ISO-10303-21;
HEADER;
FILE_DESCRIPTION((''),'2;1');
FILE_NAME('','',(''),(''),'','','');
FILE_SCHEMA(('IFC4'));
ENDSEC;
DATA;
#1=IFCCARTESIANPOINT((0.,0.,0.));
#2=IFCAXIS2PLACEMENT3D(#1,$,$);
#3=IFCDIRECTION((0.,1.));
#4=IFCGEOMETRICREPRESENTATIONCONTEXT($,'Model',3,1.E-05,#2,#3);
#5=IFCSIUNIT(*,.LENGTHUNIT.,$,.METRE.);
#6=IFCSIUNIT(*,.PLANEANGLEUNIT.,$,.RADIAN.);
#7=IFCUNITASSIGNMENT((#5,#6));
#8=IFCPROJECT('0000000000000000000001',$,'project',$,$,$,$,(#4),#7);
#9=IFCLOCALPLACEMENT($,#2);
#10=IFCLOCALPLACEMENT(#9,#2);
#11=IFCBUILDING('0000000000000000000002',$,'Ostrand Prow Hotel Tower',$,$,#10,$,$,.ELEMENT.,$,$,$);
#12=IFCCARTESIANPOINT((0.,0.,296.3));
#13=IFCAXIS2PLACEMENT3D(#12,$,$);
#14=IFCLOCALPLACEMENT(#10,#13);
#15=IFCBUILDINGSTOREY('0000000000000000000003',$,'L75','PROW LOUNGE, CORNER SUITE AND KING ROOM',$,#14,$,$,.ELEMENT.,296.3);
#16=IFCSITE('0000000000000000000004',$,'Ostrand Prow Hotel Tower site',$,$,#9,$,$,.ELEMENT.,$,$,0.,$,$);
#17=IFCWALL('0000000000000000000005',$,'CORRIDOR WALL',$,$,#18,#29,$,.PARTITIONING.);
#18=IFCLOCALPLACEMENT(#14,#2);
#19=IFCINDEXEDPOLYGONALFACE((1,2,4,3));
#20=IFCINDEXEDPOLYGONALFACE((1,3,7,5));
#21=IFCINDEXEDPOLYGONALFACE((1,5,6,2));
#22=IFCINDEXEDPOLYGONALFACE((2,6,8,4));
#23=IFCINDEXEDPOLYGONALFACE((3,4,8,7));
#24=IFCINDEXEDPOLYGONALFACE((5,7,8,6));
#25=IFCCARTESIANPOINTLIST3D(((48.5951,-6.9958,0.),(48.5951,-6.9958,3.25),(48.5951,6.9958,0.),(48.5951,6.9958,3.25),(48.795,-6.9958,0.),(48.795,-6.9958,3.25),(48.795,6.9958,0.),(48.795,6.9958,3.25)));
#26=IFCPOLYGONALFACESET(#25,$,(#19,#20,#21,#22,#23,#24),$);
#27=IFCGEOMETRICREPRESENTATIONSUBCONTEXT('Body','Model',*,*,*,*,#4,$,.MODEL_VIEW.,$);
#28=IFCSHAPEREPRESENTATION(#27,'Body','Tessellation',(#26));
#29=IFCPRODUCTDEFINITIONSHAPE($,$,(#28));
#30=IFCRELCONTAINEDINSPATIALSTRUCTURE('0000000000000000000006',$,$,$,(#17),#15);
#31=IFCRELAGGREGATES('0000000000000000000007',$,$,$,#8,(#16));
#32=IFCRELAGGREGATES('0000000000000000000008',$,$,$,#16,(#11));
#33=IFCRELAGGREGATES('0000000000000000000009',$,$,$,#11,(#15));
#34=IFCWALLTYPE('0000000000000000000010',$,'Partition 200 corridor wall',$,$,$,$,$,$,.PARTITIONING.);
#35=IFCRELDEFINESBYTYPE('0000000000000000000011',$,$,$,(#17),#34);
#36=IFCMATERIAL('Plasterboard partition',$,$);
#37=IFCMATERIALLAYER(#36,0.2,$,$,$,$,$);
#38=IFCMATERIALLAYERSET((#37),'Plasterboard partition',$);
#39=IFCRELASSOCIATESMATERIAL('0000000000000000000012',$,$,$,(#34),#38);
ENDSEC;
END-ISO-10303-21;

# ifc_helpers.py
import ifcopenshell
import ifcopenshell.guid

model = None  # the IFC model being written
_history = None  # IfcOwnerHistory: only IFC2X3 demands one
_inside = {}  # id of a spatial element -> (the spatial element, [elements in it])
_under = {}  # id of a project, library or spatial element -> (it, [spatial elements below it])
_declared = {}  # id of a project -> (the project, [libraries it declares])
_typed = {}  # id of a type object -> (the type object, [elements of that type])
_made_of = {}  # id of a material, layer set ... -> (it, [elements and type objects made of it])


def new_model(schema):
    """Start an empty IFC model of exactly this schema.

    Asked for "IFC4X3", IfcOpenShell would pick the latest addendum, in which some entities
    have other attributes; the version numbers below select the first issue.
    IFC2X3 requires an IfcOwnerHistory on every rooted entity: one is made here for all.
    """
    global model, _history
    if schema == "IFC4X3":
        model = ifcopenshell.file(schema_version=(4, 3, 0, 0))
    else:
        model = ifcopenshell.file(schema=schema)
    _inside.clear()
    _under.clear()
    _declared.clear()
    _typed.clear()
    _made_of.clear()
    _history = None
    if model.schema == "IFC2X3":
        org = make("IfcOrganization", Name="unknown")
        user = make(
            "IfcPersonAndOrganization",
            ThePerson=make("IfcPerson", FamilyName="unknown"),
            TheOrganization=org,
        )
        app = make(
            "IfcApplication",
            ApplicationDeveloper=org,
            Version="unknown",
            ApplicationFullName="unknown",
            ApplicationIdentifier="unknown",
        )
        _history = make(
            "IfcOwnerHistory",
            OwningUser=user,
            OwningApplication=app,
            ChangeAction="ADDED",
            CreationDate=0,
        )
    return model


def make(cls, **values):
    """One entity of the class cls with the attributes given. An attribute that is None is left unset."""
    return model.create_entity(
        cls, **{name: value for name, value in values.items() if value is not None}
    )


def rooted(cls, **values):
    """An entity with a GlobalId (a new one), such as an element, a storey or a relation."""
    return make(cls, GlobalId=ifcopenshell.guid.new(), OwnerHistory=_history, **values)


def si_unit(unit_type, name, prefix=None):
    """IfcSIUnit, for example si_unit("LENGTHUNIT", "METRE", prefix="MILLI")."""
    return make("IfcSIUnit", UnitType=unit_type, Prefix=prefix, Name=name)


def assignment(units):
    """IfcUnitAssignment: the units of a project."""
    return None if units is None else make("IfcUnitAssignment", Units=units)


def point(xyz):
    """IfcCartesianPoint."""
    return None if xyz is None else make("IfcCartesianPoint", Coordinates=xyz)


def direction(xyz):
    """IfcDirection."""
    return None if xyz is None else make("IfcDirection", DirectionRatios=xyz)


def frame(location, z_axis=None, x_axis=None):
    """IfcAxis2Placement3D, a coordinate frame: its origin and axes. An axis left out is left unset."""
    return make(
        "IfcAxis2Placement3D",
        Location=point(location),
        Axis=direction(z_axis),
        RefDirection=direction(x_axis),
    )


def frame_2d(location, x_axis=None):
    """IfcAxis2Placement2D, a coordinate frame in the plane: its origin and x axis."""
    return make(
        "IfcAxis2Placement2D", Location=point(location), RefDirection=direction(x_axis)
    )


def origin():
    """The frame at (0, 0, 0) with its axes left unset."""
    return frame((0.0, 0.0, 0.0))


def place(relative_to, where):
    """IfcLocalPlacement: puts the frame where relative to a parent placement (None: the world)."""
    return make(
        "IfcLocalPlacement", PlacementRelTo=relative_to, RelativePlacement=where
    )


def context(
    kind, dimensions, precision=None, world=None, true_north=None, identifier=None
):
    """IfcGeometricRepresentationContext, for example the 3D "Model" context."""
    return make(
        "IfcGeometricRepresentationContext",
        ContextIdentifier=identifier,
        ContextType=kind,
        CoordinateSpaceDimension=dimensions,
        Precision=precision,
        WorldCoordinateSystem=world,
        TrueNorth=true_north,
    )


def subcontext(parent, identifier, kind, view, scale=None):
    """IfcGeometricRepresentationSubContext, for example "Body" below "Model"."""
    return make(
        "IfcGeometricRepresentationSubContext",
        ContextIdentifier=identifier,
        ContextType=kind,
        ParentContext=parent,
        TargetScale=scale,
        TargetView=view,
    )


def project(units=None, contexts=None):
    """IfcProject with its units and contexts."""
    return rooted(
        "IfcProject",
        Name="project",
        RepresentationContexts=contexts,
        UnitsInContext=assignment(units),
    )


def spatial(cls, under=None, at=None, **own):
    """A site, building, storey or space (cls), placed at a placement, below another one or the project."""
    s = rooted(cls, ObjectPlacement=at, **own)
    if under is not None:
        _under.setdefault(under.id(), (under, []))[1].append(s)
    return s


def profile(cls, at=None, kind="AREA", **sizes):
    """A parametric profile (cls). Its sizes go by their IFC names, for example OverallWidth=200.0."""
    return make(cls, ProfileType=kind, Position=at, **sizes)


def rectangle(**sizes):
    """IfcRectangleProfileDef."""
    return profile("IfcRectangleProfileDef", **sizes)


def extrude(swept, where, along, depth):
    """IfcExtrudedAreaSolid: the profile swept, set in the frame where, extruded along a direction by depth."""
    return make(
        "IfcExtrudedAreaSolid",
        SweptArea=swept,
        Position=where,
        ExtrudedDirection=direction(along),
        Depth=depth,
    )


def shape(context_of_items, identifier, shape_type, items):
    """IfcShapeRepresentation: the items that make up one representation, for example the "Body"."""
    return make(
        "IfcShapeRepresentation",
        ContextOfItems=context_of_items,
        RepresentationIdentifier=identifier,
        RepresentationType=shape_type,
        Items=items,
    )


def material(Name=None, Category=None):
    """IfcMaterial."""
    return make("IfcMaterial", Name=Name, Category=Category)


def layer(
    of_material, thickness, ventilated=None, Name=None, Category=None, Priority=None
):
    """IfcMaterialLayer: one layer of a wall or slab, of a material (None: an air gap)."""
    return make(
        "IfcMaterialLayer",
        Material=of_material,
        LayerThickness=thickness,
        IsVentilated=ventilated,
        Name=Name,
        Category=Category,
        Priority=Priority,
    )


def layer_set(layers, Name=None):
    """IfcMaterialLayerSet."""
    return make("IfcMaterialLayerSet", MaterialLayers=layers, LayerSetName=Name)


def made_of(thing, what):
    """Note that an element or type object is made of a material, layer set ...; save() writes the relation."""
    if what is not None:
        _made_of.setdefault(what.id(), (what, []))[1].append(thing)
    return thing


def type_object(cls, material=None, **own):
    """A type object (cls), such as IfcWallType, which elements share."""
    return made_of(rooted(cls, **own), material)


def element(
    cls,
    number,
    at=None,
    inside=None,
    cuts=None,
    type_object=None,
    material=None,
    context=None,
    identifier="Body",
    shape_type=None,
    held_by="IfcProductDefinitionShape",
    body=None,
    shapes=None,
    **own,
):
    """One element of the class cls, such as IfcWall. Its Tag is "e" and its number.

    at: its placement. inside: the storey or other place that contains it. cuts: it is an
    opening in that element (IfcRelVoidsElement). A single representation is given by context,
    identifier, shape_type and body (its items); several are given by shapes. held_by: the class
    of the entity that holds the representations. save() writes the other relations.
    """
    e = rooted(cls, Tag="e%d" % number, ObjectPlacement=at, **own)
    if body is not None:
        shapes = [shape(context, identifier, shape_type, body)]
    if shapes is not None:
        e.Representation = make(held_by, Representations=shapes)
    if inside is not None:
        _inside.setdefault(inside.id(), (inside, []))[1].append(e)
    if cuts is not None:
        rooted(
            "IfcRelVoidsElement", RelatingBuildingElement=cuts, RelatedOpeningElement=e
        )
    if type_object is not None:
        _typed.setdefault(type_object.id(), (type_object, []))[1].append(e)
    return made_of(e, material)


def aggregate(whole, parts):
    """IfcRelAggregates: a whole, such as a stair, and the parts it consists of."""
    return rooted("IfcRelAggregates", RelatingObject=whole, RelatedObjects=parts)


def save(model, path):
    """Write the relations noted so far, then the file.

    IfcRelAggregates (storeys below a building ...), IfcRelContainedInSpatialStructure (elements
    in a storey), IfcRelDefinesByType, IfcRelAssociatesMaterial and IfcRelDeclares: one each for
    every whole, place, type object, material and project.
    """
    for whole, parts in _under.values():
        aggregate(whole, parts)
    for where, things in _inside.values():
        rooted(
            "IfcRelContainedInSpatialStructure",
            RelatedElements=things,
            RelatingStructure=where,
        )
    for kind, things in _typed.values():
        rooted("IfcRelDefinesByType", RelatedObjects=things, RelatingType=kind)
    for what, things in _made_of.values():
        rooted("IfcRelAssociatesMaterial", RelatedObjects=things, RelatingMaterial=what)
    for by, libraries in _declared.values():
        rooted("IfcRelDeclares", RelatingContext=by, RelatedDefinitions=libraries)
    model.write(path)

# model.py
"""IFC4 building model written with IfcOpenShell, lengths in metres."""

from ifc_helpers import new_model, si_unit, direction, frame, frame_2d, origin, place, context, subcontext, project, spatial, rectangle, extrude, material, layer, layer_set, type_object, element, save


model = new_model("IFC4")

# Units and contexts
model_context = context("Model", 3, precision=1e-05, world=origin(), true_north=direction((0.0, 1.0)))
body_context = subcontext(model_context, "Body", "Model", "MODEL_VIEW")
ifc_project = project(units=[si_unit("LENGTHUNIT", "METRE"), si_unit("PLANEANGLEUNIT", "RADIAN")], contexts=[model_context])

# Site, building, storey
site_placement = place(None, origin())
site = spatial("IfcSite", under=ifc_project, at=site_placement, Name="Ostrand Prow Hotel Tower site", CompositionType="ELEMENT", RefElevation=0.0)
building_placement = place(site_placement, origin())
building = spatial("IfcBuilding", under=site, at=building_placement, Name="Ostrand Prow Hotel Tower", CompositionType="ELEMENT")
storey_placement = place(building_placement, frame((0.0, 0.0, 296.3)))
storey = spatial("IfcBuildingStorey", under=building, at=storey_placement, Name="L75", Description="PROW LOUNGE, CORNER SUITE AND KING ROOM", CompositionType="ELEMENT", Elevation=296.3)

# Wall
ifc_material_1 = material(Name="Plasterboard partition")
ifc_layer_1 = layer(ifc_material_1, 0.2)
ifc_layer_set_1 = layer_set([ifc_layer_1], Name="Plasterboard partition")
wall_type_1 = type_object("IfcWallType", Name="Partition 200 corridor wall", PredefinedType="PARTITIONING", material=ifc_layer_set_1)
wall_1_placement = place(storey_placement, frame((48.6951, 6.9958, 0.0), z_axis=(0.0, 0.0, 1.0), x_axis=(0.0, -1.0, 0.0)))
element("IfcWall", 1, at=wall_1_placement, inside=storey, type_object=wall_type_1, Name="CORRIDOR WALL", PredefinedType="PARTITIONING", context=body_context, shape_type="SweptSolid", body=[
    extrude(rectangle(XDim=13.9917, YDim=0.2, at=frame_2d((6.9958, 0.0))), origin(), (0.0, 0.0, 1.0), 3.25),
])

save(model, "model.ifc")
